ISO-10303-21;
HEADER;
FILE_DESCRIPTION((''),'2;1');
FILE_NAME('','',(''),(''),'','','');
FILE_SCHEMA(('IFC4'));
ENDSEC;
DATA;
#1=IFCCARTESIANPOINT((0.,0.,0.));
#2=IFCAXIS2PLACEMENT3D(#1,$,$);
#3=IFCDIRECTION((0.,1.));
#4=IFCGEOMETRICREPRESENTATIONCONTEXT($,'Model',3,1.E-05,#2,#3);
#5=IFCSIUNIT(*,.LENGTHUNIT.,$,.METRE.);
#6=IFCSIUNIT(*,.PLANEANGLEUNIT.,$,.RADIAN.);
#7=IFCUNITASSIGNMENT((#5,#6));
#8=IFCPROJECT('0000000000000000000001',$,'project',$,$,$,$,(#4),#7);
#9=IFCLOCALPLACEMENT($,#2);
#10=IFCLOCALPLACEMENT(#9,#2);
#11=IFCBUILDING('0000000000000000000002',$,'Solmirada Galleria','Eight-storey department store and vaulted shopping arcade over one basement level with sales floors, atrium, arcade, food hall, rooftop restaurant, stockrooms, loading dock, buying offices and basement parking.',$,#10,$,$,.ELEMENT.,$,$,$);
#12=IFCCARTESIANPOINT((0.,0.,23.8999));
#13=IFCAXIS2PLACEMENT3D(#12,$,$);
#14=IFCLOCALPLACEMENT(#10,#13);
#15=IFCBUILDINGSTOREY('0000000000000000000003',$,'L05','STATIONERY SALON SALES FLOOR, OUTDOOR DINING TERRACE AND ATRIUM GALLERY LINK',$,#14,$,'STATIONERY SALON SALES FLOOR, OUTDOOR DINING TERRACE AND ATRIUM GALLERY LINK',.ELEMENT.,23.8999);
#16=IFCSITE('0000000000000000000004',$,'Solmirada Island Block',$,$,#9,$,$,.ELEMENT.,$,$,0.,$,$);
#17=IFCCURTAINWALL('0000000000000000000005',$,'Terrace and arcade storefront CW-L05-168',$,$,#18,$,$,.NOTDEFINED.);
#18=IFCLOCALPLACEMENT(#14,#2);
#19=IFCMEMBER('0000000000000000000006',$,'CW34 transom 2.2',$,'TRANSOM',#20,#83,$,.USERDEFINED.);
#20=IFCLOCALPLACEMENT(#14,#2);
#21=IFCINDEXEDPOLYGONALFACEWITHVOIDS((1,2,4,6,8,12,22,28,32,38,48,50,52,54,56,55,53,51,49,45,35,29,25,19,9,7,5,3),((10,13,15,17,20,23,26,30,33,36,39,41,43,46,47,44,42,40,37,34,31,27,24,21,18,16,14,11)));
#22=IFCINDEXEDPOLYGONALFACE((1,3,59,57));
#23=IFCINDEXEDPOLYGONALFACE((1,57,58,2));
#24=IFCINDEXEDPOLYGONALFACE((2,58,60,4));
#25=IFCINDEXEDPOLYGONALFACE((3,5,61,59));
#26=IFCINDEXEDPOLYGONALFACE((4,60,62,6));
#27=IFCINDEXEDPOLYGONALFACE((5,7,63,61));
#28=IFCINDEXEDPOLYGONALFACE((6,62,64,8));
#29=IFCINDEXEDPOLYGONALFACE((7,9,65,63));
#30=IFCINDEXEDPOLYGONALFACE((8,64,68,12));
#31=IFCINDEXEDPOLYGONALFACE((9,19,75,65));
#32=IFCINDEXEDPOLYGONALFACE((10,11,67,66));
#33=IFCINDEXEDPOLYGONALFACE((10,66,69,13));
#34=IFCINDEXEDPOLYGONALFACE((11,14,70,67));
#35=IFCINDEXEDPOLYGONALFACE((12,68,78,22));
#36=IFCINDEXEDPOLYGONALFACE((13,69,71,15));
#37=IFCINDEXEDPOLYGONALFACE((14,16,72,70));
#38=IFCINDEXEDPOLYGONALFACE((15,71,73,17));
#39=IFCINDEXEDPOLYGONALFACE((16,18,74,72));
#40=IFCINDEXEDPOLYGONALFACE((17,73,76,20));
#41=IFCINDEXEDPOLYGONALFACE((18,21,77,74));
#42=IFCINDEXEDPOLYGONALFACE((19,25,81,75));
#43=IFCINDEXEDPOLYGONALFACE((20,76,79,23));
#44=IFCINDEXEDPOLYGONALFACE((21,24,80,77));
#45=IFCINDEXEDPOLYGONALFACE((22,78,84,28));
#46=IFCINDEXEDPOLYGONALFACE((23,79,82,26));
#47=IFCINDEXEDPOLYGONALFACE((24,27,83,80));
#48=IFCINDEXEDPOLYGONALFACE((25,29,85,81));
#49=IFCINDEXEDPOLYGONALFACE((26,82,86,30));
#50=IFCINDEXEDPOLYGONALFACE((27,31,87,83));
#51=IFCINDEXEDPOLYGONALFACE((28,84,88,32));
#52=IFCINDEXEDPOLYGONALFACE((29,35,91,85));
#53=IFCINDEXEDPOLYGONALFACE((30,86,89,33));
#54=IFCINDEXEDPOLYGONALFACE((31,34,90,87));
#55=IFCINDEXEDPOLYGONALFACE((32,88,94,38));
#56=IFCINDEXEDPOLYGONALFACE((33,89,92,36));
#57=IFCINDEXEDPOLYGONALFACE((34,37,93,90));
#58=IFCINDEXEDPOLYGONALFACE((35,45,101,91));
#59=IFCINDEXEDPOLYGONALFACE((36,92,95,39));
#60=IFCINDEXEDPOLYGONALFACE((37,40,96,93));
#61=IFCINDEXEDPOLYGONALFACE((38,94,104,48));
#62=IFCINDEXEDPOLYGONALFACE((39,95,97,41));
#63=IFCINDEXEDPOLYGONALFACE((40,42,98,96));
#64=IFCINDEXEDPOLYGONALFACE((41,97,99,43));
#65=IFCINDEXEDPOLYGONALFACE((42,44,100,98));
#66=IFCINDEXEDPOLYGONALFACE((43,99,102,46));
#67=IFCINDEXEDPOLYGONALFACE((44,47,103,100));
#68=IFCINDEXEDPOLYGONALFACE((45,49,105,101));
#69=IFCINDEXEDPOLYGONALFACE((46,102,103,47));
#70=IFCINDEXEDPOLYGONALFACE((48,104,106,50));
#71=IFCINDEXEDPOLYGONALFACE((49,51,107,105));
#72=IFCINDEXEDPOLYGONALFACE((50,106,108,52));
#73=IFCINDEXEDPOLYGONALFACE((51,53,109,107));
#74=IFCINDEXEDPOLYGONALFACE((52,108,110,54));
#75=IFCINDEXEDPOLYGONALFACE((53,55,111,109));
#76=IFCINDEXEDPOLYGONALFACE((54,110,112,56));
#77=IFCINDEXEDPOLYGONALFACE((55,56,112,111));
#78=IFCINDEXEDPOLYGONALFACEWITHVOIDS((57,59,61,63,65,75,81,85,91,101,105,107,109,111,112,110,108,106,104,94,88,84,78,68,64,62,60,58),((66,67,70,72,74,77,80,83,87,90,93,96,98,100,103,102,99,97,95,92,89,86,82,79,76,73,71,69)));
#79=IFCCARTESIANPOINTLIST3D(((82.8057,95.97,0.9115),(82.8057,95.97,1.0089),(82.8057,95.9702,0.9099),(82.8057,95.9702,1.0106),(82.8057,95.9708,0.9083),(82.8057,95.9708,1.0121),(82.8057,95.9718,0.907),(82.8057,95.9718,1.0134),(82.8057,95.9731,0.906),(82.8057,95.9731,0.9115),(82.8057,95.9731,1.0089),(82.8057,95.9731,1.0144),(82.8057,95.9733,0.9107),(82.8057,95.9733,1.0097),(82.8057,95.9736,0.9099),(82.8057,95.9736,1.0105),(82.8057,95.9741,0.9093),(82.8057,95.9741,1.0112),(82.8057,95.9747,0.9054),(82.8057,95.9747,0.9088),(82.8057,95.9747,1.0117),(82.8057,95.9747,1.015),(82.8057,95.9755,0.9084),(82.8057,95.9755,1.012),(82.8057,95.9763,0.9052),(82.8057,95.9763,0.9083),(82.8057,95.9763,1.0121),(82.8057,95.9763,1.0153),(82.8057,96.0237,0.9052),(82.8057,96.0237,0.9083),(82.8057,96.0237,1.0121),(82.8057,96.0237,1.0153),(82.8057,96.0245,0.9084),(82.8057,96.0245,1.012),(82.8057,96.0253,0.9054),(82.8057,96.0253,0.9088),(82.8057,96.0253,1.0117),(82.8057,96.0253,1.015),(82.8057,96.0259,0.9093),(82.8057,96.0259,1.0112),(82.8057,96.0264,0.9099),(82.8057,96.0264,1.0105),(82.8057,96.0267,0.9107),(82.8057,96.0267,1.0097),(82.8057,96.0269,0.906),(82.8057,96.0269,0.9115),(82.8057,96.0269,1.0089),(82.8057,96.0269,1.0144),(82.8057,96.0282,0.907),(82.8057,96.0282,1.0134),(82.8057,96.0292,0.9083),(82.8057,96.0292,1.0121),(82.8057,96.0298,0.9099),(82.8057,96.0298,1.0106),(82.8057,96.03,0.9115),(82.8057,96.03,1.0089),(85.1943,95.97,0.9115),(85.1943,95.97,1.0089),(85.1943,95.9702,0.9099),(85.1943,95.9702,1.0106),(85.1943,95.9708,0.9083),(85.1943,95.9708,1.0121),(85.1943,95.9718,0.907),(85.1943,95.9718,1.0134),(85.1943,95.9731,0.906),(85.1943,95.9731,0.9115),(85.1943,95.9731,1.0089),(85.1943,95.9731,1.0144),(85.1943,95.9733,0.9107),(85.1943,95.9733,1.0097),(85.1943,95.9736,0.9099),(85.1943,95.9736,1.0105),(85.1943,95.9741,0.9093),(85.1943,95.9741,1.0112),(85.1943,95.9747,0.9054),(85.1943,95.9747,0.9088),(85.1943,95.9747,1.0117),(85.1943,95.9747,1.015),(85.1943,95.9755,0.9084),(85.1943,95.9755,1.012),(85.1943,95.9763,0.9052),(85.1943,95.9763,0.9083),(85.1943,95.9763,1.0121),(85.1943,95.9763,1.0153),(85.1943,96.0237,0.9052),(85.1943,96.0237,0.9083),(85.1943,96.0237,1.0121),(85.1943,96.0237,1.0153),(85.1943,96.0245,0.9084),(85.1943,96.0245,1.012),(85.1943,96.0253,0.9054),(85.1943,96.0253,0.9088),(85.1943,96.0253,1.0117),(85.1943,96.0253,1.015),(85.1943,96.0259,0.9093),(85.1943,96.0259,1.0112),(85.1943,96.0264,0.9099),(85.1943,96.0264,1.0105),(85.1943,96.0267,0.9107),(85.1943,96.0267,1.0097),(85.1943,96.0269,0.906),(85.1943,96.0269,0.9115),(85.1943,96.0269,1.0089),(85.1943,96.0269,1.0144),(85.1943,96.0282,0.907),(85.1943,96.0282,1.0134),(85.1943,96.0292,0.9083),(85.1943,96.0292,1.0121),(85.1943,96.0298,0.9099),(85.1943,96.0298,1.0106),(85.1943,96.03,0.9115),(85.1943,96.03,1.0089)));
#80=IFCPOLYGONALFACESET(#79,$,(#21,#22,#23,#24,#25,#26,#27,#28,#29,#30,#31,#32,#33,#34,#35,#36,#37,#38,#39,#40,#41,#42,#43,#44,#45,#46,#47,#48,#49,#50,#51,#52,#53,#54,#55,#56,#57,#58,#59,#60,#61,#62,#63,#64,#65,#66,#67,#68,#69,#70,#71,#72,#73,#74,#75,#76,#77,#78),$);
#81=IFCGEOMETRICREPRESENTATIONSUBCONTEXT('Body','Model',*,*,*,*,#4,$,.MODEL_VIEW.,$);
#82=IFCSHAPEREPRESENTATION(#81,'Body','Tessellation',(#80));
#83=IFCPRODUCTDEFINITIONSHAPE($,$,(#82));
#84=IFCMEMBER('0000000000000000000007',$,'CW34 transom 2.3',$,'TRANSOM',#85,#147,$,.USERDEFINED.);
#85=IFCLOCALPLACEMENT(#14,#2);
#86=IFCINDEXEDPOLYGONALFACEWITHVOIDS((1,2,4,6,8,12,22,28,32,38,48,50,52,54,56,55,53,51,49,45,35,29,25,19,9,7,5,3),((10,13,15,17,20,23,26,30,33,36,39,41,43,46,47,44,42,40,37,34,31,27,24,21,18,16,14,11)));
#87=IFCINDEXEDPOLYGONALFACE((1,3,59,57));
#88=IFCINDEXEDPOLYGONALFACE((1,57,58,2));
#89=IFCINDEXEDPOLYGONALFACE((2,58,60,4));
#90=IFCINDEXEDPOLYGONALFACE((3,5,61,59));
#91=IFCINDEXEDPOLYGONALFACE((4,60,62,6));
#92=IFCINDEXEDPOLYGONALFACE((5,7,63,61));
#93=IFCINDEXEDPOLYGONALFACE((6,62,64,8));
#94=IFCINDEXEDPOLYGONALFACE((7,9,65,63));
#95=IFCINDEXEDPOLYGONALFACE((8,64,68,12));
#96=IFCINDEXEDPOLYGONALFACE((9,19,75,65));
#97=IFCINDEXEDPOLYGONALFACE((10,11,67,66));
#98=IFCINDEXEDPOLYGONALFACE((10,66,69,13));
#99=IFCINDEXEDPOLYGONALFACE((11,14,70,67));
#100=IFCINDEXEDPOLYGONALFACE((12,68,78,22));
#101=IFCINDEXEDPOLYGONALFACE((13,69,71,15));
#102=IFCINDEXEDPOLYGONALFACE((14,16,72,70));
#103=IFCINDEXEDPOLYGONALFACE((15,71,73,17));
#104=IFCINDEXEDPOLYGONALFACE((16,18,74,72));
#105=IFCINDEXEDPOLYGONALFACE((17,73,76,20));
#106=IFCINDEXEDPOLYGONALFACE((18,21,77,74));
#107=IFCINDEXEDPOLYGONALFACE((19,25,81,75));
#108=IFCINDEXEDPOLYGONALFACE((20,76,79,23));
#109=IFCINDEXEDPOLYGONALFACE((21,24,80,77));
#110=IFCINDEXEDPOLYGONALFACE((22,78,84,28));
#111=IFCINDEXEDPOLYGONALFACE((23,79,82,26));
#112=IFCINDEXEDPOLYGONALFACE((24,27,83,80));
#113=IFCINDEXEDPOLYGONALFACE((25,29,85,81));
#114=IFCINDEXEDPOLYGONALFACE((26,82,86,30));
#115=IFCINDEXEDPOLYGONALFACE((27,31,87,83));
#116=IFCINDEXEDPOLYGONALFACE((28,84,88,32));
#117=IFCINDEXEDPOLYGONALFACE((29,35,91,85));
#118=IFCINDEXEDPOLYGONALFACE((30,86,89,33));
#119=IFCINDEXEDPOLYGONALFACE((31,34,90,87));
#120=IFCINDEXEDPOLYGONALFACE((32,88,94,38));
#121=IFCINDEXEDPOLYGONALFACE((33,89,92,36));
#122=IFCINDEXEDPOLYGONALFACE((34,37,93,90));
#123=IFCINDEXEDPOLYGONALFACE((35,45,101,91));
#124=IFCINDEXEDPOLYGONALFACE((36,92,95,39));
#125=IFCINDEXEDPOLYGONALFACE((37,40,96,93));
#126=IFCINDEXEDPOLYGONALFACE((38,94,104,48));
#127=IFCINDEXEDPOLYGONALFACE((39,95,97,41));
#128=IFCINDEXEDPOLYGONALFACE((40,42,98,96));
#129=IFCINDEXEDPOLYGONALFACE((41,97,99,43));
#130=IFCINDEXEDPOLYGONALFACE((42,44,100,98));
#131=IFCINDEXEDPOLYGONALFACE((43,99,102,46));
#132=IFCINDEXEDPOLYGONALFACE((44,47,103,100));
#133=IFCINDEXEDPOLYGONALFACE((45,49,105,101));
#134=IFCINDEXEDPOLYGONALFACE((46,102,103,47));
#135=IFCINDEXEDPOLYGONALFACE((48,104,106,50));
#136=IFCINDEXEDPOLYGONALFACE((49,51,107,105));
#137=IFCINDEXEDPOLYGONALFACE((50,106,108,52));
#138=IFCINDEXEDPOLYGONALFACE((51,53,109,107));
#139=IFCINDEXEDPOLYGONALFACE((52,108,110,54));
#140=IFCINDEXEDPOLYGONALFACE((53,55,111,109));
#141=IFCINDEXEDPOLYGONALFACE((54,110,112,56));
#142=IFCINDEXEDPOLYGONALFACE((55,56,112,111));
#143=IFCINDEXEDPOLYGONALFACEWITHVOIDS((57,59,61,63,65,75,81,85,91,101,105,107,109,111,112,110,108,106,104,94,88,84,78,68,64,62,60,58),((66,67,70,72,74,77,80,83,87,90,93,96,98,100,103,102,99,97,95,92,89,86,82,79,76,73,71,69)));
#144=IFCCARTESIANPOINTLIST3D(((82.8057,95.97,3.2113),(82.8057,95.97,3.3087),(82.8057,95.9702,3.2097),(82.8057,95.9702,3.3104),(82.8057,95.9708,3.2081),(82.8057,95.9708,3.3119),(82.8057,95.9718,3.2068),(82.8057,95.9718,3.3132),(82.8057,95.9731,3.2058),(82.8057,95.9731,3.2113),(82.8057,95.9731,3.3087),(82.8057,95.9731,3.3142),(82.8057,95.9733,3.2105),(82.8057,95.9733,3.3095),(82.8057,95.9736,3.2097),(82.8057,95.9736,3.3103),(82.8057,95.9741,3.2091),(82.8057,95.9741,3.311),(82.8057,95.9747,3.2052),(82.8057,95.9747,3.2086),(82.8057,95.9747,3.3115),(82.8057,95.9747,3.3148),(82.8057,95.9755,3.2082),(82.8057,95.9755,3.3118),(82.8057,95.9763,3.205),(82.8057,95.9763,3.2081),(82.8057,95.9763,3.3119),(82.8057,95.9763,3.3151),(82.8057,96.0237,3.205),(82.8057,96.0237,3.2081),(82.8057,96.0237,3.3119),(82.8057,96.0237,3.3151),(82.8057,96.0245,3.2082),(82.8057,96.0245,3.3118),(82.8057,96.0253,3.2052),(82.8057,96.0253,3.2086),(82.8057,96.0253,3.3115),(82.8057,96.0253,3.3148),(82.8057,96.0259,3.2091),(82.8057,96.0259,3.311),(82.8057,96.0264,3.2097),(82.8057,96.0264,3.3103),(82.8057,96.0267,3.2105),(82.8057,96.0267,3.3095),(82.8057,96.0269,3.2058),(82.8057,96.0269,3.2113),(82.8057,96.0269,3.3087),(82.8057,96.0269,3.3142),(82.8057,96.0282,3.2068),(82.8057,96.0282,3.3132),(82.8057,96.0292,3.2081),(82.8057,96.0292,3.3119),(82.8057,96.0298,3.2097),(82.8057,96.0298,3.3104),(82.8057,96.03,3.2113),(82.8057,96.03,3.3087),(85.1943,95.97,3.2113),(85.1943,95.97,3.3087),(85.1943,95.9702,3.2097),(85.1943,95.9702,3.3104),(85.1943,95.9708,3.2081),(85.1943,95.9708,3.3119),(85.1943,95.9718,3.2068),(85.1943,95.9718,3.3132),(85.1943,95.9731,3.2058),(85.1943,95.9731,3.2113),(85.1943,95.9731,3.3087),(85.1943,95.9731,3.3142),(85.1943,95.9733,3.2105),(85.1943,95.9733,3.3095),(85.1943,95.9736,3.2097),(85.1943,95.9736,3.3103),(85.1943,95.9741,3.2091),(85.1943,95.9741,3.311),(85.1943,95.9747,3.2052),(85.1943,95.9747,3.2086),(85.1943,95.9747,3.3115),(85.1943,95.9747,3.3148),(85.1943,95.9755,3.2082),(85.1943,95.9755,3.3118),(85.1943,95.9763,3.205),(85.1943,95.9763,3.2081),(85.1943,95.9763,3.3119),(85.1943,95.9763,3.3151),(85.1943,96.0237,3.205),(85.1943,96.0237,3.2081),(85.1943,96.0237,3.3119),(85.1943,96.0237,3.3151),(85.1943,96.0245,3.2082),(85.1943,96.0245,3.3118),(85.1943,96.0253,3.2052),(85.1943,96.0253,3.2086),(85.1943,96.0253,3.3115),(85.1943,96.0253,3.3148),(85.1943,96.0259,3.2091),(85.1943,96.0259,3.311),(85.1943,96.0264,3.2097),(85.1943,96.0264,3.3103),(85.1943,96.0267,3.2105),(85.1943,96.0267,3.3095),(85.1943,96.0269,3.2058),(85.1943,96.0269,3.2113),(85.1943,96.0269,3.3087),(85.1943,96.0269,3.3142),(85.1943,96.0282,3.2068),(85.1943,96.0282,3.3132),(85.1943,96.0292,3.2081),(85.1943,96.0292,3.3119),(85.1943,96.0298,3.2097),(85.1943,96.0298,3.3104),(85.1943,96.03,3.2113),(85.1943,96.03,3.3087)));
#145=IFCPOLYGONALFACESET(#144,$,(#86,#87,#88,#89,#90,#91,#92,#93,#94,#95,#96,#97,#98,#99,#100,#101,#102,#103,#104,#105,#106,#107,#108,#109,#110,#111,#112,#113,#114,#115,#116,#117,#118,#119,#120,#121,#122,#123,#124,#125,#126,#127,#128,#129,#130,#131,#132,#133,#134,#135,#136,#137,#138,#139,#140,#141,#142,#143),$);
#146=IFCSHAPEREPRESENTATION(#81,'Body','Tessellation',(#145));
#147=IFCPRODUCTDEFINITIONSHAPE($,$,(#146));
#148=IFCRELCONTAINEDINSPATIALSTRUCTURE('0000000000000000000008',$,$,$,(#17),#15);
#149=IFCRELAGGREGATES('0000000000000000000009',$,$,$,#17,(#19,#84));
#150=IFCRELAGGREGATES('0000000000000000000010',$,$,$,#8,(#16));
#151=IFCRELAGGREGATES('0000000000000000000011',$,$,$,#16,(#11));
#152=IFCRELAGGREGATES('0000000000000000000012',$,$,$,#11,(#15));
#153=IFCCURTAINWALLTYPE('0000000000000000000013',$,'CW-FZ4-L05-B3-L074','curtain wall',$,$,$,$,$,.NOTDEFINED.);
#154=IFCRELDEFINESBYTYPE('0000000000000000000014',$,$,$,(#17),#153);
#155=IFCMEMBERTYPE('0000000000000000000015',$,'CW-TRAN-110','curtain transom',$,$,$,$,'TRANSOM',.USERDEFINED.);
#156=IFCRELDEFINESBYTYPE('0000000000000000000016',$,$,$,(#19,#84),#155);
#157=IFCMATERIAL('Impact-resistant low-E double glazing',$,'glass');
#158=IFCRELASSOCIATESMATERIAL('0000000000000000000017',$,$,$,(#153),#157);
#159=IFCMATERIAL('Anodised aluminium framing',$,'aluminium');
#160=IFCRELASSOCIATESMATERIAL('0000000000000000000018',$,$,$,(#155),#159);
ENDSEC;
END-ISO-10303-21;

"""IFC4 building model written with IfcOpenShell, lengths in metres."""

from ifc_helpers import new_model, si_unit, direction, frame, origin, origin_2d, place, context, subcontext, project, spatial, hollow_rectangle, extrude, material, material_profile, profile_set, type_object, element, aggregate, save


model = new_model("IFC4")

# Units and contexts
model_context = context("Model", 3, precision=1e-05, world=origin(), true_north=direction((0.0, 1.0)))
body_context = subcontext(model_context, "Body", "Model", "MODEL_VIEW")
ifc_project = project(units=[si_unit("LENGTHUNIT", "METRE"), si_unit("PLANEANGLEUNIT", "RADIAN")], contexts=[model_context])

# Site, building, storey
site_placement = place(None, origin())
site = spatial("IfcSite", under=ifc_project, at=site_placement, Name="Solmirada Island Block", CompositionType="ELEMENT", RefElevation=0.0)
building_placement = place(site_placement, origin())
building = spatial("IfcBuilding", under=site, at=building_placement, Name="Solmirada Galleria", Description="Eight-storey department store and vaulted shopping arcade over one basement level with sales floors, atrium, arcade, food hall, rooftop restaurant, stockrooms, loading dock, buying offices and basement parking.", CompositionType="ELEMENT")
storey_placement = place(building_placement, frame((0.0, 0.0, 23.8999)))
storey = spatial("IfcBuildingStorey", under=building, at=storey_placement, Name="L05", Description="STATIONERY SALON SALES FLOOR, OUTDOOR DINING TERRACE AND ATRIUM GALLERY LINK", LongName="STATIONERY SALON SALES FLOOR, OUTDOOR DINING TERRACE AND ATRIUM GALLERY LINK", CompositionType="ELEMENT", Elevation=23.8999)

# Curtain wall
ifc_material_1 = material(Name="Impact-resistant low-E double glazing", Category="glass")
curtain_wall_type = type_object("IfcCurtainWallType", Name="CW-FZ4-L05-B3-L074", Description="curtain wall", PredefinedType="NOTDEFINED", material=ifc_material_1)
curtain_wall_1_placement = place(storey_placement, origin())
curtain_wall_1 = element("IfcCurtainWall", 1, at=curtain_wall_1_placement, inside=storey, type_object=curtain_wall_type, Name="Terrace and arcade storefront CW-L05-168", PredefinedType="NOTDEFINED")
ifc_material_2 = material(Name="Anodised aluminium framing", Category="aluminium")

# Members
ifc_material_profile_1 = material_profile(ifc_material_2, hollow_rectangle(XDim=0.0601, YDim=0.1101, WallThickness=0.0032, InnerFilletRadius=0.0032, OuterFilletRadius=0.0063, at=origin_2d()), Name="ALU-TRAN-110X60")
ifc_profile_set_1 = profile_set([ifc_material_profile_1], Name="Anodised aluminium framing")
member_type_1 = type_object("IfcMemberType", Name="CW-TRAN-110", Description="curtain transom", ElementType="TRANSOM", PredefinedType="USERDEFINED", material=ifc_profile_set_1)
member_1_placement = place(storey_placement, frame((85.1943, 96.0, 0.9602), z_axis=(-1.0, 0.0, 0.0), x_axis=(0.0, -1.0, 0.0)))
member_1 = element("IfcMember", 2, at=member_1_placement, type_object=member_type_1, Name="CW34 transom 2.2", ObjectType="TRANSOM", PredefinedType="USERDEFINED", context=body_context, shape_type="SweptSolid", body=[
    extrude(hollow_rectangle(XDim=0.0601, YDim=0.1101, WallThickness=0.0032, InnerFilletRadius=0.0032, OuterFilletRadius=0.0063, at=origin_2d()), origin(), (0.0, 0.0, 1.0), 2.3887),
])
member_2_placement = place(storey_placement, frame((85.1943, 96.0, 3.26), z_axis=(-1.0, 0.0, 0.0), x_axis=(0.0, -1.0, 0.0)))
member_2 = element("IfcMember", 3, at=member_2_placement, type_object=member_type_1, Name="CW34 transom 2.3", ObjectType="TRANSOM", PredefinedType="USERDEFINED", context=body_context, shape_type="SweptSolid", body=[
    extrude(hollow_rectangle(XDim=0.0601, YDim=0.1101, WallThickness=0.0032, InnerFilletRadius=0.0032, OuterFilletRadius=0.0063, at=origin_2d()), origin(), (0.0, 0.0, 1.0), 2.3887),
])

aggregate(curtain_wall_1, [member_1, member_2])

save(model, "model.ifc")
